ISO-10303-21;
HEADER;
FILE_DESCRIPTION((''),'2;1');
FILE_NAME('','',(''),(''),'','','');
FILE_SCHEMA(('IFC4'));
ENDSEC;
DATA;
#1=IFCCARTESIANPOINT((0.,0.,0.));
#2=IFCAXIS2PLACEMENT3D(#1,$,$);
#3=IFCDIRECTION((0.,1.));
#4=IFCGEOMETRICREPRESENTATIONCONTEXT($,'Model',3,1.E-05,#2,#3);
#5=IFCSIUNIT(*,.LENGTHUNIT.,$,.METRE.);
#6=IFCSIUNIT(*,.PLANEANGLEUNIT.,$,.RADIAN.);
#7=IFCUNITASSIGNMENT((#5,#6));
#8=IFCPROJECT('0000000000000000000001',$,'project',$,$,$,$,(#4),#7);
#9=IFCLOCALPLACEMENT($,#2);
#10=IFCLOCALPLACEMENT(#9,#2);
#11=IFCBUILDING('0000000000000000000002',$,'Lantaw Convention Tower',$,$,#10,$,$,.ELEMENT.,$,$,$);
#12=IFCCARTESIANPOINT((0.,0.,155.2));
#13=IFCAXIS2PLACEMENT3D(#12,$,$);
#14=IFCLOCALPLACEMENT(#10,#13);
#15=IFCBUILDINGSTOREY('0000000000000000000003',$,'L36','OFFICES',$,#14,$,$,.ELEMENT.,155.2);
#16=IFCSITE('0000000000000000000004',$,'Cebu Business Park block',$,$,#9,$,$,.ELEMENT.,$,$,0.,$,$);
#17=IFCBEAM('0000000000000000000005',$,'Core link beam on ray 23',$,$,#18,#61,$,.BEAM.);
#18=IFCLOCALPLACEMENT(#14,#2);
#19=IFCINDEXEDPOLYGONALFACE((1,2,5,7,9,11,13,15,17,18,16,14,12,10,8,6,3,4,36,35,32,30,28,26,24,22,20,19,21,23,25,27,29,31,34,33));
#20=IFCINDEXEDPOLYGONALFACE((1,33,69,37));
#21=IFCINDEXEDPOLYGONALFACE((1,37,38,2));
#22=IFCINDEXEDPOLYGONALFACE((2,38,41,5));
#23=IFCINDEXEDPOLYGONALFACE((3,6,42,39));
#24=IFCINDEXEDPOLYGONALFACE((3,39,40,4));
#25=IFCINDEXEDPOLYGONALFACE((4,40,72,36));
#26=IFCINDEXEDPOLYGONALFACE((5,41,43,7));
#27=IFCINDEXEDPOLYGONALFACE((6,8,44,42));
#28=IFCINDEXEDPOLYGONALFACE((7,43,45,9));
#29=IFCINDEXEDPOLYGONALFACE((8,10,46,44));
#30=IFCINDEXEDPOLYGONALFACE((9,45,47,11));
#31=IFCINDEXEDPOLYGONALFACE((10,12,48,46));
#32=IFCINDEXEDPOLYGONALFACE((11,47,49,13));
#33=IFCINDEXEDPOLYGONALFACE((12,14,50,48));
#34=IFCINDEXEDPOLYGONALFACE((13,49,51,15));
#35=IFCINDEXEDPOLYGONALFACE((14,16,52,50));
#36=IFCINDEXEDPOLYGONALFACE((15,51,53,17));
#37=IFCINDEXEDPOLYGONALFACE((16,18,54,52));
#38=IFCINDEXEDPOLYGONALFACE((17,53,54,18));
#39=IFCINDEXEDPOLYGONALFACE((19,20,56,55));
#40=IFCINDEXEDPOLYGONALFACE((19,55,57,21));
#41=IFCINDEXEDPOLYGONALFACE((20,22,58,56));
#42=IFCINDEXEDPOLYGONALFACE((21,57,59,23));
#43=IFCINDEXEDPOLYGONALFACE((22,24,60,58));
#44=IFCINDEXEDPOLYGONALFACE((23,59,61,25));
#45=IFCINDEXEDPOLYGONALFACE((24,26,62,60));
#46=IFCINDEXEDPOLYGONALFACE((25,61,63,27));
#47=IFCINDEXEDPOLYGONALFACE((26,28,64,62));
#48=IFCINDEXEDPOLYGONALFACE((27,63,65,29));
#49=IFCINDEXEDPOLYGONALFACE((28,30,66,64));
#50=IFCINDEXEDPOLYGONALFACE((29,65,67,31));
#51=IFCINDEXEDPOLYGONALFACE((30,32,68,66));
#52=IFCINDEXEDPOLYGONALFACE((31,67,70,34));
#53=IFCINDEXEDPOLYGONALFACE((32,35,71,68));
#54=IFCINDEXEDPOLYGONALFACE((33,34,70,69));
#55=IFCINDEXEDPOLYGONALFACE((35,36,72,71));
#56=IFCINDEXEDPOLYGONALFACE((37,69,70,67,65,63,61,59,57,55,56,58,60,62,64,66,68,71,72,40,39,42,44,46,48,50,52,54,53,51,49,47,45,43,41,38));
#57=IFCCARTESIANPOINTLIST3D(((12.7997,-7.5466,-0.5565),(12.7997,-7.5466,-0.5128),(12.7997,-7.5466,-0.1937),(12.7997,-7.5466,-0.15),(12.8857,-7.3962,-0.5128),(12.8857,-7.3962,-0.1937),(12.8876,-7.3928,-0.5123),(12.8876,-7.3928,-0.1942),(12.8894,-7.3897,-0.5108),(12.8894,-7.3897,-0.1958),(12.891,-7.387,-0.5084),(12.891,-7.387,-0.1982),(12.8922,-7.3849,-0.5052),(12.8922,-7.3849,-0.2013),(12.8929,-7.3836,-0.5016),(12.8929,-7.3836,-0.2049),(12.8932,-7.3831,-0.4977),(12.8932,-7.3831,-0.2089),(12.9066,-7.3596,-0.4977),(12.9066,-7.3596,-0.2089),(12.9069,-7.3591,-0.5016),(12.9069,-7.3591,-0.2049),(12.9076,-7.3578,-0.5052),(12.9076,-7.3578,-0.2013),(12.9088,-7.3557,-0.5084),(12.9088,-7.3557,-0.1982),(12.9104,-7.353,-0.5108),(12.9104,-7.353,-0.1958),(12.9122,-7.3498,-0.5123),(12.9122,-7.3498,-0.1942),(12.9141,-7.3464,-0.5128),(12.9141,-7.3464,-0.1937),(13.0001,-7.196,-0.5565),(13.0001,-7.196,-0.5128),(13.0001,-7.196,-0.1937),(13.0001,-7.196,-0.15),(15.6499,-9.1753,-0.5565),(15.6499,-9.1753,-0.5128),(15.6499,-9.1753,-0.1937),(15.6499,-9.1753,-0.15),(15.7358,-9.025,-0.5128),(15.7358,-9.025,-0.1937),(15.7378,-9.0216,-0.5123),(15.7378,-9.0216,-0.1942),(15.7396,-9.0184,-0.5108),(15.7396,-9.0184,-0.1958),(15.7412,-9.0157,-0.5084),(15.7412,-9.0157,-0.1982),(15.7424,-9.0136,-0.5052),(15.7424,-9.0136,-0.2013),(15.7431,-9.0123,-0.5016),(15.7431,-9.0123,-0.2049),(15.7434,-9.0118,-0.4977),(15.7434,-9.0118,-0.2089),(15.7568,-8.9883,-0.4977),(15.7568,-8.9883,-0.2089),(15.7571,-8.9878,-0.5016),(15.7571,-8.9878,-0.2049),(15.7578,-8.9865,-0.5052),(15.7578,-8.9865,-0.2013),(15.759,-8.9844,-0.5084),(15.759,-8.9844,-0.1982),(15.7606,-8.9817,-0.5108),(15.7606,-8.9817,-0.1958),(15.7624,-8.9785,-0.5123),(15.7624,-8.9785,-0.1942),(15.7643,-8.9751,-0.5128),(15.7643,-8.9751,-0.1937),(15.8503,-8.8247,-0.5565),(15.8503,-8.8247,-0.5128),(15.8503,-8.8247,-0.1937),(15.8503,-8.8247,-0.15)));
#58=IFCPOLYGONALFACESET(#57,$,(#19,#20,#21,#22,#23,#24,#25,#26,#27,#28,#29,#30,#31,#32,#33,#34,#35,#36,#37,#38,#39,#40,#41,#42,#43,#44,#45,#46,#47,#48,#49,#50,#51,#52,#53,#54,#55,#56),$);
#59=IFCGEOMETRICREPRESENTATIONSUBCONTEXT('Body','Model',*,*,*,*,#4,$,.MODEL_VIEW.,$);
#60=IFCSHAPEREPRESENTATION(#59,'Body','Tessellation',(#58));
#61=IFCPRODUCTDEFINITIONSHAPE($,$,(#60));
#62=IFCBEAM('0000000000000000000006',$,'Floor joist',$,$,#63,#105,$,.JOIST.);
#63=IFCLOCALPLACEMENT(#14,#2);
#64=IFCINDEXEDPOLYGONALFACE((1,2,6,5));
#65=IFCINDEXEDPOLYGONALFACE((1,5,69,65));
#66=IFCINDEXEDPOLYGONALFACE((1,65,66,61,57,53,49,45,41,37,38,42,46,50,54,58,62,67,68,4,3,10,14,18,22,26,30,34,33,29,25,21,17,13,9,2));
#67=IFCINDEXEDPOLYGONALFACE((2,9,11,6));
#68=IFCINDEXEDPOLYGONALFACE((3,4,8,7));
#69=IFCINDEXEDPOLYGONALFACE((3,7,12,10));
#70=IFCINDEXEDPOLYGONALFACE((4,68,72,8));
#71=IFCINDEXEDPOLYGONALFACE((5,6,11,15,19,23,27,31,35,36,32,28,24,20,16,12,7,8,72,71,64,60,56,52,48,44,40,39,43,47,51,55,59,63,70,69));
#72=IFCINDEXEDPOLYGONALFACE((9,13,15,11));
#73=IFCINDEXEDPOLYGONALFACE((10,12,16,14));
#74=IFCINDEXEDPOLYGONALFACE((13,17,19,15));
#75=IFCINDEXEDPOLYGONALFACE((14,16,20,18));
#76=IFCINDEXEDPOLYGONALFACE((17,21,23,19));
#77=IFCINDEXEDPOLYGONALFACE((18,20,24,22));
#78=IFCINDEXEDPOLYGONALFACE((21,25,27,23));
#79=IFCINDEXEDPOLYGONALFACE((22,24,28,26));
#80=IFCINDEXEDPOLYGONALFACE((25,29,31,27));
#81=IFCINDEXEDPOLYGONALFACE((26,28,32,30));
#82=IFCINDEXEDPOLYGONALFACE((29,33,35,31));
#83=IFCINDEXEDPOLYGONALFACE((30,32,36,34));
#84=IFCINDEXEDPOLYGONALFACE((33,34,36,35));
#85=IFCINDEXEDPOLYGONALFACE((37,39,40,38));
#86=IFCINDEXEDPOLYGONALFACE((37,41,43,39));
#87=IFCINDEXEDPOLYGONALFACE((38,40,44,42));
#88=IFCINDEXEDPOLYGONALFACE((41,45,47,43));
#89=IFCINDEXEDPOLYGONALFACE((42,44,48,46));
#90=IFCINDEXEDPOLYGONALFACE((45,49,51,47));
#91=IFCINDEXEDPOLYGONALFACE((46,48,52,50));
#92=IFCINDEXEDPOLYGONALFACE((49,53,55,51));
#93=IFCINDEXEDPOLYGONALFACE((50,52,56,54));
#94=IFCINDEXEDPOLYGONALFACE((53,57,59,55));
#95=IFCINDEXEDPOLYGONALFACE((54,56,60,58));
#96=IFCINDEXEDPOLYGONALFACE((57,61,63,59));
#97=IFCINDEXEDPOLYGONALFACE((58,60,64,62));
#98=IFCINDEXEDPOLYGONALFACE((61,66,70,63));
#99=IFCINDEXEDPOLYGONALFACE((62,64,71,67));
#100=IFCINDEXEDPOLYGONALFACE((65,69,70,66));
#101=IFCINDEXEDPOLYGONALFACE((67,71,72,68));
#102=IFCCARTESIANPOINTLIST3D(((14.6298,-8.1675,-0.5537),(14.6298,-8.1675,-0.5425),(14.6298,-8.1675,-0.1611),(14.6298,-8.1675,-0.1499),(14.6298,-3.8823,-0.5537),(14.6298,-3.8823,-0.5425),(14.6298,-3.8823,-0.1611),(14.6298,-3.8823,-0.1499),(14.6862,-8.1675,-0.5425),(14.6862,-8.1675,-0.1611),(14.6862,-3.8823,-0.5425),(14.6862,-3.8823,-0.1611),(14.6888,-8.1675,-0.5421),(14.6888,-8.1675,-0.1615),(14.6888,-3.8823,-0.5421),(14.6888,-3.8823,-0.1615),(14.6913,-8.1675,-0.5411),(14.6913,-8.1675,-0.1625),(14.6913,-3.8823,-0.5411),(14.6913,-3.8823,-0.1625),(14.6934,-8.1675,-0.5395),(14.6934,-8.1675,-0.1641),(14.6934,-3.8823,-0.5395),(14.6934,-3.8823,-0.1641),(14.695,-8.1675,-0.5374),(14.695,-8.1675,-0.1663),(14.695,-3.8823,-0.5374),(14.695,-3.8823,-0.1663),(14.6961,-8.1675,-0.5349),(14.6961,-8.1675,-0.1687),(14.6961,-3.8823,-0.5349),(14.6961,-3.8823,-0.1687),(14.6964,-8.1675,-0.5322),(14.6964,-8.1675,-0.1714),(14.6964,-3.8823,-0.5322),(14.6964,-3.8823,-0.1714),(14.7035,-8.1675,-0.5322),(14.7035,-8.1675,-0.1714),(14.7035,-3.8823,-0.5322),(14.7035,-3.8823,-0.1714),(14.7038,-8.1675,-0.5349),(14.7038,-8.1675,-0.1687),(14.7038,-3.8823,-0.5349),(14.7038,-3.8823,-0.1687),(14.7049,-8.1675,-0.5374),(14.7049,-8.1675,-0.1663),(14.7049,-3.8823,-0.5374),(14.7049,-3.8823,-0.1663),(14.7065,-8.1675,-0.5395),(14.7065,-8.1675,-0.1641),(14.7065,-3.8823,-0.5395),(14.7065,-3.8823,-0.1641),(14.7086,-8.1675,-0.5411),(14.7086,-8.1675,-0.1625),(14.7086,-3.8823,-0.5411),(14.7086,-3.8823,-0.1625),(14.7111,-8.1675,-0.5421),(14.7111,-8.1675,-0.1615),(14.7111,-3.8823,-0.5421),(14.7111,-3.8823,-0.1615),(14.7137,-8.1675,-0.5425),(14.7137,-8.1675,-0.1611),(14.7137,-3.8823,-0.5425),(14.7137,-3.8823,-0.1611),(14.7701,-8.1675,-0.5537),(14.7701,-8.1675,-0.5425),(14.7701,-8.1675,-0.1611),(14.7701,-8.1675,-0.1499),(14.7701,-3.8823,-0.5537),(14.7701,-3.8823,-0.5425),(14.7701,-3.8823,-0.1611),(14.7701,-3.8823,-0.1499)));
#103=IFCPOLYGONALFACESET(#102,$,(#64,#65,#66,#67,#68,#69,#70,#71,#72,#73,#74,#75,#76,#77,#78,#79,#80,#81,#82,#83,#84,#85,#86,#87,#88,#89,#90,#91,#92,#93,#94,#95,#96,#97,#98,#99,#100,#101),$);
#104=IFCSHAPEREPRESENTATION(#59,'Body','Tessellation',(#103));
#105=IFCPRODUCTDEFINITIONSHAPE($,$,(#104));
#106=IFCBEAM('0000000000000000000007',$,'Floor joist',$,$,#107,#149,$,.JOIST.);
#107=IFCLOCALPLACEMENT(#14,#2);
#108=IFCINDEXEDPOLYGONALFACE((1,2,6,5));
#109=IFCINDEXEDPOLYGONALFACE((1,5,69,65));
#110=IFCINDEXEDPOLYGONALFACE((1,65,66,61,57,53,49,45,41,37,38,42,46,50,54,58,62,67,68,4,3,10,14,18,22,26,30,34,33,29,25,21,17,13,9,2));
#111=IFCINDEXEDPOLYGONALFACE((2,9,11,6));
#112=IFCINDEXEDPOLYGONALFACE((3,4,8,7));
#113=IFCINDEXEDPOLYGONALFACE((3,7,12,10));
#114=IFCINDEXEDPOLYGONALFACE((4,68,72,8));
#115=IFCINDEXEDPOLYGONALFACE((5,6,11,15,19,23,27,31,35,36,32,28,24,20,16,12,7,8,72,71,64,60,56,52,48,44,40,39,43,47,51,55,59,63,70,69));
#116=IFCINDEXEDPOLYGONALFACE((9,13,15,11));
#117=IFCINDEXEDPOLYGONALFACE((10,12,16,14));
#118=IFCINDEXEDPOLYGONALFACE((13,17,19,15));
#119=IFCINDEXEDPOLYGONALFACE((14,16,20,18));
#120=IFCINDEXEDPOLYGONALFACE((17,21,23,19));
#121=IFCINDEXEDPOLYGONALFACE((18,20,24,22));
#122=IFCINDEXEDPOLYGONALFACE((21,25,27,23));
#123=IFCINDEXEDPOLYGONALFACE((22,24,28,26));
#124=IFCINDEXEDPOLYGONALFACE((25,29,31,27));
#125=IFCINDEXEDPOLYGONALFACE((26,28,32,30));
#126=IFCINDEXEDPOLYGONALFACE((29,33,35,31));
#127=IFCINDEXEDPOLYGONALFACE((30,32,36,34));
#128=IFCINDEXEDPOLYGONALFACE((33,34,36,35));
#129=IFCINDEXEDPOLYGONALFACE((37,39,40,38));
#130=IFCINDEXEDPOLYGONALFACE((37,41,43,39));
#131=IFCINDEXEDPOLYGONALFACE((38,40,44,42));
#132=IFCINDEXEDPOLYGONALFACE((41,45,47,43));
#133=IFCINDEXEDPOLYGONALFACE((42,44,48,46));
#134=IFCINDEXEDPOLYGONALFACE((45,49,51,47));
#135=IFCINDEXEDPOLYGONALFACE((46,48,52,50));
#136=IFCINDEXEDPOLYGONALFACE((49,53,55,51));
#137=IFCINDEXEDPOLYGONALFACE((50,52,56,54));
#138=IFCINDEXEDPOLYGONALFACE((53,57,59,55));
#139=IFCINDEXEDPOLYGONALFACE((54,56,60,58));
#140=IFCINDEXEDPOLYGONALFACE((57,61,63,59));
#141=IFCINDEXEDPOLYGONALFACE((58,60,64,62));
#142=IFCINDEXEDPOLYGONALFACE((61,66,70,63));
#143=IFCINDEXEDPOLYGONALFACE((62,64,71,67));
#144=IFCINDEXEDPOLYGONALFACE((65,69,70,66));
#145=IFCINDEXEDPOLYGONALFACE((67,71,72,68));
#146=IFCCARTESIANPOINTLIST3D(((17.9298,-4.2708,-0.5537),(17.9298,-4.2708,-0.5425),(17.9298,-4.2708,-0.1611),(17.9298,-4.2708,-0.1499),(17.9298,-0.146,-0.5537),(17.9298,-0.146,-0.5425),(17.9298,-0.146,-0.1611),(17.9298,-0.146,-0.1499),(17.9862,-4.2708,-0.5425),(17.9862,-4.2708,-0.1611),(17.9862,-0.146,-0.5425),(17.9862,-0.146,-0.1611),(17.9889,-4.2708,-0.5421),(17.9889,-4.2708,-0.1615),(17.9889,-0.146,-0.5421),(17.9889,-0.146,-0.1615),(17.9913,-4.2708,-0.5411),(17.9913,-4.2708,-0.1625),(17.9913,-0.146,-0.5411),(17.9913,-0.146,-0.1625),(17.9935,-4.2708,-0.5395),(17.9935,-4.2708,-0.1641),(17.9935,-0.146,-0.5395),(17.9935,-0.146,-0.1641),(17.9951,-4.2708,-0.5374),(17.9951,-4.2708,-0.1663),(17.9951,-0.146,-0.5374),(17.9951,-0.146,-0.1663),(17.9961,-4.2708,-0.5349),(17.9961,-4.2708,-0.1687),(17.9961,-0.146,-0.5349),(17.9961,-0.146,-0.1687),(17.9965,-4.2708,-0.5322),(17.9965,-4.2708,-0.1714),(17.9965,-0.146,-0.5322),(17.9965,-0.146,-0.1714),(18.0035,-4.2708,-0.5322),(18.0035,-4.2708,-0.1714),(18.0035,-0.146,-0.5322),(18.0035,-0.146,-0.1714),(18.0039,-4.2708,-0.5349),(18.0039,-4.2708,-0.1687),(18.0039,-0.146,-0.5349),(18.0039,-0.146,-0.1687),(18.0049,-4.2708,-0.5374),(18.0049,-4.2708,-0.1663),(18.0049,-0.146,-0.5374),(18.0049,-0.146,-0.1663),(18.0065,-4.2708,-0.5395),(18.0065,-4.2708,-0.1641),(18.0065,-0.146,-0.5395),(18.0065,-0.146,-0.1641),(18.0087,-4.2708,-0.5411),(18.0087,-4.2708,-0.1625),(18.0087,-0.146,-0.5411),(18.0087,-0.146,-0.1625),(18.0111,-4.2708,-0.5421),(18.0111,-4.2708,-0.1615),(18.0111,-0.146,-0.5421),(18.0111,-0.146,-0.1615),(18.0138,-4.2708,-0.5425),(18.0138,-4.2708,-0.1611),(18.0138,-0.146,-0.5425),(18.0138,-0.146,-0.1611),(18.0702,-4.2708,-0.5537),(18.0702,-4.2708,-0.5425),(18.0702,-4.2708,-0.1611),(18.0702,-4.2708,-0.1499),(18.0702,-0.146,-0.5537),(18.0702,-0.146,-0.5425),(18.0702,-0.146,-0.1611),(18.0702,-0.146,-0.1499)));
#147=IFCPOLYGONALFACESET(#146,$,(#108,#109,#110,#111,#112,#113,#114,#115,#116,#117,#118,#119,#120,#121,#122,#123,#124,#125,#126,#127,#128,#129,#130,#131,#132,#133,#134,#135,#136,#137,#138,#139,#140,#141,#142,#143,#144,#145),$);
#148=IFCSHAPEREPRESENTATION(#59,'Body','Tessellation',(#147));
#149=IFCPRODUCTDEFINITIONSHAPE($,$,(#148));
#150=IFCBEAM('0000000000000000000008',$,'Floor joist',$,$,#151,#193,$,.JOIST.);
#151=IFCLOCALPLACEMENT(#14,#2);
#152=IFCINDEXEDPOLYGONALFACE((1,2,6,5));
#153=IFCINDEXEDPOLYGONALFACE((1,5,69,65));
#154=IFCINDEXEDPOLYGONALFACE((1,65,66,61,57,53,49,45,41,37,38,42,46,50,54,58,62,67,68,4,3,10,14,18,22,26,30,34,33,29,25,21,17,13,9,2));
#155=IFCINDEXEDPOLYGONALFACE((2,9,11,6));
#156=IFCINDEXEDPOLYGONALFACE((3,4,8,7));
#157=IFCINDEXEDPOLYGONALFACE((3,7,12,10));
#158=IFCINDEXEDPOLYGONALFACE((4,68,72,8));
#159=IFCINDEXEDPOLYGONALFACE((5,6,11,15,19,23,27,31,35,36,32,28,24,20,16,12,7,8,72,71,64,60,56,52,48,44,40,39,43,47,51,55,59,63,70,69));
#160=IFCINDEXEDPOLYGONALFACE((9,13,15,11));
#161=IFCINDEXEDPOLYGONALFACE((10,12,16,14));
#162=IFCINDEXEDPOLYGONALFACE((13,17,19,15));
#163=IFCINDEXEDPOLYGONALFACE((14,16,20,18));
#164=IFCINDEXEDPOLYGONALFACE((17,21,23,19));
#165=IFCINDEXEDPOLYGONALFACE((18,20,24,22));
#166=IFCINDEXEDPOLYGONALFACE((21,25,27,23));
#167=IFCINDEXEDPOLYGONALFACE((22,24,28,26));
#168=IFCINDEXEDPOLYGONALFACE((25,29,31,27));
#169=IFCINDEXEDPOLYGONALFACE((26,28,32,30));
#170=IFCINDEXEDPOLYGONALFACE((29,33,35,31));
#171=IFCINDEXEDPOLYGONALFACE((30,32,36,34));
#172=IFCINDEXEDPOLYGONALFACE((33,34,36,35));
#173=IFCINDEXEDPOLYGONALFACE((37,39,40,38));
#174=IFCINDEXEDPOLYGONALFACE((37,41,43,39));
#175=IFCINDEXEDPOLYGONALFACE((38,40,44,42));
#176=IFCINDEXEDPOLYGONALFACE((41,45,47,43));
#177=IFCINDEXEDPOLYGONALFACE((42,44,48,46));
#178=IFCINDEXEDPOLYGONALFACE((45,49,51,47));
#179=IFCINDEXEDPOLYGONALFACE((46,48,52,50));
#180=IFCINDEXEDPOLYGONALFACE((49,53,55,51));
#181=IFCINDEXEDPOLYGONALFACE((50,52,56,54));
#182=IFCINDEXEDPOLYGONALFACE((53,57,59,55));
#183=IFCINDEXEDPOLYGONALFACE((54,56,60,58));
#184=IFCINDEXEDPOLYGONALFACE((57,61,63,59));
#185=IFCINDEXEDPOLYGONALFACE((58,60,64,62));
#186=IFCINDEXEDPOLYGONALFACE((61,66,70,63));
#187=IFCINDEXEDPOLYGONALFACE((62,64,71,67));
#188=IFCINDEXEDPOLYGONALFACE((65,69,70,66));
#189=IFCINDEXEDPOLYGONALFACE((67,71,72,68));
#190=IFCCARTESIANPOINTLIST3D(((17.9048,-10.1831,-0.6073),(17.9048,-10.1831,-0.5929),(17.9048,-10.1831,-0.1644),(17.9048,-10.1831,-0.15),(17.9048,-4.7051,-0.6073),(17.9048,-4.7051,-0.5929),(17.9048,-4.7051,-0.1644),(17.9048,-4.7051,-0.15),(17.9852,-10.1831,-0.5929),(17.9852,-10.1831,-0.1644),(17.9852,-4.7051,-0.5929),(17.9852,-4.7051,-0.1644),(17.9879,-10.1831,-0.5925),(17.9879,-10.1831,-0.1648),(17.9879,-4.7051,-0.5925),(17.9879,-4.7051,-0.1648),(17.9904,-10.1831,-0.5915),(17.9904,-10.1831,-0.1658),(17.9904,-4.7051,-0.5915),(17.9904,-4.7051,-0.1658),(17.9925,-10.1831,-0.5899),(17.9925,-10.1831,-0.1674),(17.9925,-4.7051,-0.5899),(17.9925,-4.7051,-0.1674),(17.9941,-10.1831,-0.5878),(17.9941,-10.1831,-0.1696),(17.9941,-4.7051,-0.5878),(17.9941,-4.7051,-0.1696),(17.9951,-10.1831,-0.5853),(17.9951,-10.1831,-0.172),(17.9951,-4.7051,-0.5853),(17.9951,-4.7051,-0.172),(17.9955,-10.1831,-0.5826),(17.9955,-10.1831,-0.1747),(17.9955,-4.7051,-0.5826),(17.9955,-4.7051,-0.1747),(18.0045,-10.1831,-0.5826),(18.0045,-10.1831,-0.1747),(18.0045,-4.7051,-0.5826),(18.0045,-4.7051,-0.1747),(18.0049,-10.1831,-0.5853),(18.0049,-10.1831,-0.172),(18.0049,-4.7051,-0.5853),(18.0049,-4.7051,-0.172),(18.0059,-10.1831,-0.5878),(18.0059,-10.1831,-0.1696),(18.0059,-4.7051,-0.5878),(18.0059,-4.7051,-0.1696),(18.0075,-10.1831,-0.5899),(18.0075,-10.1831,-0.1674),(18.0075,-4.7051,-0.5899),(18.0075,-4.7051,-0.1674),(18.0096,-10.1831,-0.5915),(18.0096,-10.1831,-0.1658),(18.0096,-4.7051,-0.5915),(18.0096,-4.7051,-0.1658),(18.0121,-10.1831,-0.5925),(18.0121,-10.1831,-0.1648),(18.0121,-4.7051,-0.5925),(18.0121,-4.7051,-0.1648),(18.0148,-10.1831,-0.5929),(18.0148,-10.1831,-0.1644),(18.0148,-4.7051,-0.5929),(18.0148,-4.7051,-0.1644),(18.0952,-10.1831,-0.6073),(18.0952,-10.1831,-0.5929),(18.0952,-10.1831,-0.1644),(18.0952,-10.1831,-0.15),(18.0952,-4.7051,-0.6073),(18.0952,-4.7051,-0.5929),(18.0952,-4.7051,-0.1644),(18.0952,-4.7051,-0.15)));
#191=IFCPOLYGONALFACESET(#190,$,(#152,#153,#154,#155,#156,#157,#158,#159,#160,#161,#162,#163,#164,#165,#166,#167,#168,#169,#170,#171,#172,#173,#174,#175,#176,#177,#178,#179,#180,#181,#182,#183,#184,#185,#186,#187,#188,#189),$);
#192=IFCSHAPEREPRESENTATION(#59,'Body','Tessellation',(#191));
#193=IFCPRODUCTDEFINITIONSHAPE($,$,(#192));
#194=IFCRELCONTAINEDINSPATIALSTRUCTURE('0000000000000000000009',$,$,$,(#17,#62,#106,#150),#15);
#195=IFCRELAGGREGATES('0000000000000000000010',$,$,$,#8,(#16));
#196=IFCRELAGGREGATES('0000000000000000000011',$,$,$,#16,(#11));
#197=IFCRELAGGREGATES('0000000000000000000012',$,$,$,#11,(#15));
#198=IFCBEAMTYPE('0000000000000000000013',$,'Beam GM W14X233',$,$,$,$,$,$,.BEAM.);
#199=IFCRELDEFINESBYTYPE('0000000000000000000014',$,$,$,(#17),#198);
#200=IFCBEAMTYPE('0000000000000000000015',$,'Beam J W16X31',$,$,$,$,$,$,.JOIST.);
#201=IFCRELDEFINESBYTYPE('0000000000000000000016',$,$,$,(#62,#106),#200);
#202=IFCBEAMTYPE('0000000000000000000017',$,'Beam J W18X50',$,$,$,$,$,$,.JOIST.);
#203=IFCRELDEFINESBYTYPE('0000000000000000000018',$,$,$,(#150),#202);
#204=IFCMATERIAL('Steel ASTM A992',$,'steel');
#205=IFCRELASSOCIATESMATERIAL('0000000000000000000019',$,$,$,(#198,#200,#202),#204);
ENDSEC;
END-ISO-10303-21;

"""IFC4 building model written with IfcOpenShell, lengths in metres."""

from ifc_helpers import new_model, si_unit, direction, frame, origin, origin_2d, place, context, subcontext, project, spatial, i_section, extrude, material, material_profile, profile_set, type_object, element, save


model = new_model("IFC4")

# Units and contexts
model_context = context("Model", 3, precision=1e-05, world=origin(), true_north=direction((0.0, 1.0)))
body_context = subcontext(model_context, "Body", "Model", "MODEL_VIEW")
ifc_project = project(units=[si_unit("LENGTHUNIT", "METRE"), si_unit("PLANEANGLEUNIT", "RADIAN")], contexts=[model_context])

# Site, building, storey
site_placement = place(None, origin())
site = spatial("IfcSite", under=ifc_project, at=site_placement, Name="Cebu Business Park block", CompositionType="ELEMENT", RefElevation=0.0)
building_placement = place(site_placement, origin())
building = spatial("IfcBuilding", under=site, at=building_placement, Name="Lantaw Convention Tower", CompositionType="ELEMENT")
storey_placement = place(building_placement, frame((0.0, 0.0, 155.2)))
storey = spatial("IfcBuildingStorey", under=building, at=storey_placement, Name="L36", Description="OFFICES", CompositionType="ELEMENT", Elevation=155.2)

# Beams
ifc_material_1 = material(Name="Steel ASTM A992", Category="steel")
ifc_material_profile_1 = material_profile(ifc_material_1, i_section(OverallWidth=0.4038, OverallDepth=0.4065, WebThickness=0.0271, FlangeThickness=0.0437, FilletRadius=0.0151, at=origin_2d()), Name="W14X233")
ifc_profile_set_1 = profile_set([ifc_material_profile_1], Name="Steel ASTM A992")
beam_type_1 = type_object("IfcBeamType", Name="Beam GM W14X233", PredefinedType="BEAM", material=ifc_profile_set_1)
beam_1_placement = place(storey_placement, frame((12.8999, -7.3713, -0.3533), z_axis=(0.868239, -0.496147, 0.0), x_axis=(0.496147, 0.868239, 0.0)))
element("IfcBeam", 1, at=beam_1_placement, inside=storey, type_object=beam_type_1, Name="Core link beam on ray 23", PredefinedType="BEAM", context=body_context, shape_type="SweptSolid", body=[
    extrude(i_section(OverallWidth=0.4038, OverallDepth=0.4065, WebThickness=0.0271, FlangeThickness=0.0437, FilletRadius=0.0151, at=origin_2d()), origin(), (0.0, 0.0, 1.0), 3.2827),
])
ifc_material_profile_2 = material_profile(ifc_material_1, i_section(OverallWidth=0.1404, OverallDepth=0.4038, WebThickness=0.0071, FlangeThickness=0.0112, FilletRadius=0.0103, at=origin_2d()), Name="W16X31")
ifc_profile_set_2 = profile_set([ifc_material_profile_2], Name="Steel ASTM A992")
beam_type_2 = type_object("IfcBeamType", Name="Beam J W16X31", PredefinedType="JOIST", material=ifc_profile_set_2)
beam_2_placement = place(storey_placement, frame((14.7, -8.1675, -0.3518), z_axis=(0.0, 1.0, 0.0), x_axis=(-1.0, 0.0, 0.0)))
element("IfcBeam", 2, at=beam_2_placement, inside=storey, type_object=beam_type_2, Name="Floor joist", PredefinedType="JOIST", context=body_context, shape_type="SweptSolid", body=[
    extrude(i_section(OverallWidth=0.1404, OverallDepth=0.4038, WebThickness=0.0071, FlangeThickness=0.0112, FilletRadius=0.0103, at=origin_2d()), origin(), (0.0, 0.0, 1.0), 4.2852),
])
beam_3_placement = place(storey_placement, frame((18.0, -4.2708, -0.3518), z_axis=(0.0, 1.0, 0.0), x_axis=(-1.0, 0.0, 0.0)))
element("IfcBeam", 3, at=beam_3_placement, inside=storey, type_object=beam_type_2, Name="Floor joist", PredefinedType="JOIST", context=body_context, shape_type="SweptSolid", body=[
    extrude(i_section(OverallWidth=0.1404, OverallDepth=0.4038, WebThickness=0.0071, FlangeThickness=0.0112, FilletRadius=0.0103, at=origin_2d()), origin(), (0.0, 0.0, 1.0), 4.1248),
])
ifc_material_profile_3 = material_profile(ifc_material_1, i_section(OverallWidth=0.1904, OverallDepth=0.4573, WebThickness=0.009, FlangeThickness=0.0144, FilletRadius=0.0103, at=origin_2d()), Name="W18X50")
ifc_profile_set_3 = profile_set([ifc_material_profile_3], Name="Steel ASTM A992")
beam_type_3 = type_object("IfcBeamType", Name="Beam J W18X50", PredefinedType="JOIST", material=ifc_profile_set_3)
beam_4_placement = place(storey_placement, frame((18.0, -10.1831, -0.3787), z_axis=(0.0, 1.0, 0.0), x_axis=(-1.0, 0.0, 0.0)))
element("IfcBeam", 4, at=beam_4_placement, inside=storey, type_object=beam_type_3, Name="Floor joist", PredefinedType="JOIST", context=body_context, shape_type="SweptSolid", body=[
    extrude(i_section(OverallWidth=0.1904, OverallDepth=0.4573, WebThickness=0.009, FlangeThickness=0.0144, FilletRadius=0.0103, at=origin_2d()), origin(), (0.0, 0.0, 1.0), 5.478),
])

save(model, "model.ifc")
